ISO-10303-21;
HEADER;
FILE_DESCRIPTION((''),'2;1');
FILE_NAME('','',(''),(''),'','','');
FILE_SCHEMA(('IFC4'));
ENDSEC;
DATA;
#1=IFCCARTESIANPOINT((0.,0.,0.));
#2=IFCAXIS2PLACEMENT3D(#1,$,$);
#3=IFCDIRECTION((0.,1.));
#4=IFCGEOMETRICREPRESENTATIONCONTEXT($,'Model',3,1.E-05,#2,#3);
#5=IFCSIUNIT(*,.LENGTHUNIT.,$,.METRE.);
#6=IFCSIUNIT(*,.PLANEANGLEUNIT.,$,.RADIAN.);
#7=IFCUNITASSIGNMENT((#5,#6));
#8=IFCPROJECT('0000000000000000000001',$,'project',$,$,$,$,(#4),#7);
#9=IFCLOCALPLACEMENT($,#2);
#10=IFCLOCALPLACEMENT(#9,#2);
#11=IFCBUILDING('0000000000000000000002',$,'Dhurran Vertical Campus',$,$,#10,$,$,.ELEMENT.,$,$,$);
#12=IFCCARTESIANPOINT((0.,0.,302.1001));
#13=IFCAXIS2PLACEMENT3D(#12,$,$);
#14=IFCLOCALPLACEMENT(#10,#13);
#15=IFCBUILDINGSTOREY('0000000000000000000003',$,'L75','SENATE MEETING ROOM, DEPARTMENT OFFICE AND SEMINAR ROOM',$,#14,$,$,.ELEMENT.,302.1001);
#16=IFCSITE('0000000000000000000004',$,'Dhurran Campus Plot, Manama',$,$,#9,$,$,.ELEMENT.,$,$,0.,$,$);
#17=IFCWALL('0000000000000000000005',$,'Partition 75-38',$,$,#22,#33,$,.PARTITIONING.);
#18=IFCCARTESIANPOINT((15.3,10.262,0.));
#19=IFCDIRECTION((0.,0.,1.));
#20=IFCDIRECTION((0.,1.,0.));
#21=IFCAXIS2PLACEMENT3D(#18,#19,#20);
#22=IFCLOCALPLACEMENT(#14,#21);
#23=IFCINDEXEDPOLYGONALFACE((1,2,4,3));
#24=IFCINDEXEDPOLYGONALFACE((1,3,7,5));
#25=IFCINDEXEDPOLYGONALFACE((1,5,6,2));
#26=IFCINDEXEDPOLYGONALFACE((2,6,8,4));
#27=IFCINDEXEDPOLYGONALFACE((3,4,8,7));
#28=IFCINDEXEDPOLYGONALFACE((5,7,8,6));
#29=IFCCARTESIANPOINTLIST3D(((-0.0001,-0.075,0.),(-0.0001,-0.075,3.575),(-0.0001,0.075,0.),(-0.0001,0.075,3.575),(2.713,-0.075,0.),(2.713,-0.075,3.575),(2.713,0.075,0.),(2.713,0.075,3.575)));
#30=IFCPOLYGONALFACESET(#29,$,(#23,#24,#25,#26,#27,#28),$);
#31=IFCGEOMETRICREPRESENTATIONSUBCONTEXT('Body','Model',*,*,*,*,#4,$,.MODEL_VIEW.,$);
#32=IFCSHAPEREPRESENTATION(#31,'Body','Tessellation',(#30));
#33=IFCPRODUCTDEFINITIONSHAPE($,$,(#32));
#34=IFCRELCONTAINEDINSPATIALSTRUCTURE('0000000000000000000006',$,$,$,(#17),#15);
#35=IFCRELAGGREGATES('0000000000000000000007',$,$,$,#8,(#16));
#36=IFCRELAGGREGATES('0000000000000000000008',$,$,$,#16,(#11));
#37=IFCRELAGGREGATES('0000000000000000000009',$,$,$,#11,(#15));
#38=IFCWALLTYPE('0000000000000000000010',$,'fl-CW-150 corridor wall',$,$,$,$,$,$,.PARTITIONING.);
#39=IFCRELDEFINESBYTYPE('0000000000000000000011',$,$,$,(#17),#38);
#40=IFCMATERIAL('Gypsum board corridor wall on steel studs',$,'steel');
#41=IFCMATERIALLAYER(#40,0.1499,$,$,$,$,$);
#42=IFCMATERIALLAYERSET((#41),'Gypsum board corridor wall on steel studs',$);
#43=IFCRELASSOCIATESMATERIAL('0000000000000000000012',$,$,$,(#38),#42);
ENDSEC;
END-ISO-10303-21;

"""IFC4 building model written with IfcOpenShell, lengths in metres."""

from ifc_helpers import new_model, si_unit, direction, frame, frame_2d, origin, place, context, subcontext, project, spatial, rectangle, extrude, material, layer, layer_set, type_object, element, save


model = new_model("IFC4")

# Units and contexts
model_context = context("Model", 3, precision=1e-05, world=origin(), true_north=direction((0.0, 1.0)))
body_context = subcontext(model_context, "Body", "Model", "MODEL_VIEW")
ifc_project = project(units=[si_unit("LENGTHUNIT", "METRE"), si_unit("PLANEANGLEUNIT", "RADIAN")], contexts=[model_context])

# Site, building, storey
site_placement = place(None, origin())
site = spatial("IfcSite", under=ifc_project, at=site_placement, Name="Dhurran Campus Plot, Manama", CompositionType="ELEMENT", RefElevation=0.0)
building_placement = place(site_placement, origin())
building = spatial("IfcBuilding", under=site, at=building_placement, Name="Dhurran Vertical Campus", CompositionType="ELEMENT")
storey_placement = place(building_placement, frame((0.0, 0.0, 302.1001)))
storey = spatial("IfcBuildingStorey", under=building, at=storey_placement, Name="L75", Description="SENATE MEETING ROOM, DEPARTMENT OFFICE AND SEMINAR ROOM", CompositionType="ELEMENT", Elevation=302.1001)

# Shared definitions
ifc_material_1 = material(Name="Gypsum board corridor wall on steel studs", Category="steel")
ifc_layer_1 = layer(ifc_material_1, 0.1499)
ifc_layer_set_1 = layer_set([ifc_layer_1], Name="Gypsum board corridor wall on steel studs")
wall_type_1 = type_object("IfcWallType", Name="fl-CW-150 corridor wall", PredefinedType="PARTITIONING", material=ifc_layer_set_1)

# Wall
wall_1_placement = place(storey_placement, frame((15.3, 10.262, 0.0), z_axis=(0.0, 0.0, 1.0), x_axis=(0.0, 1.0, 0.0)))
element("IfcWall", 1, at=wall_1_placement, inside=storey, type_object=wall_type_1, Name="Partition 75-38", PredefinedType="PARTITIONING", context=body_context, shape_type="SweptSolid", body=[
    extrude(rectangle(XDim=2.7131, YDim=0.1499, at=frame_2d((1.3564, 0.0))), origin(), (0.0, 0.0, 1.0), 3.575),
])

save(model, "model.ifc")
